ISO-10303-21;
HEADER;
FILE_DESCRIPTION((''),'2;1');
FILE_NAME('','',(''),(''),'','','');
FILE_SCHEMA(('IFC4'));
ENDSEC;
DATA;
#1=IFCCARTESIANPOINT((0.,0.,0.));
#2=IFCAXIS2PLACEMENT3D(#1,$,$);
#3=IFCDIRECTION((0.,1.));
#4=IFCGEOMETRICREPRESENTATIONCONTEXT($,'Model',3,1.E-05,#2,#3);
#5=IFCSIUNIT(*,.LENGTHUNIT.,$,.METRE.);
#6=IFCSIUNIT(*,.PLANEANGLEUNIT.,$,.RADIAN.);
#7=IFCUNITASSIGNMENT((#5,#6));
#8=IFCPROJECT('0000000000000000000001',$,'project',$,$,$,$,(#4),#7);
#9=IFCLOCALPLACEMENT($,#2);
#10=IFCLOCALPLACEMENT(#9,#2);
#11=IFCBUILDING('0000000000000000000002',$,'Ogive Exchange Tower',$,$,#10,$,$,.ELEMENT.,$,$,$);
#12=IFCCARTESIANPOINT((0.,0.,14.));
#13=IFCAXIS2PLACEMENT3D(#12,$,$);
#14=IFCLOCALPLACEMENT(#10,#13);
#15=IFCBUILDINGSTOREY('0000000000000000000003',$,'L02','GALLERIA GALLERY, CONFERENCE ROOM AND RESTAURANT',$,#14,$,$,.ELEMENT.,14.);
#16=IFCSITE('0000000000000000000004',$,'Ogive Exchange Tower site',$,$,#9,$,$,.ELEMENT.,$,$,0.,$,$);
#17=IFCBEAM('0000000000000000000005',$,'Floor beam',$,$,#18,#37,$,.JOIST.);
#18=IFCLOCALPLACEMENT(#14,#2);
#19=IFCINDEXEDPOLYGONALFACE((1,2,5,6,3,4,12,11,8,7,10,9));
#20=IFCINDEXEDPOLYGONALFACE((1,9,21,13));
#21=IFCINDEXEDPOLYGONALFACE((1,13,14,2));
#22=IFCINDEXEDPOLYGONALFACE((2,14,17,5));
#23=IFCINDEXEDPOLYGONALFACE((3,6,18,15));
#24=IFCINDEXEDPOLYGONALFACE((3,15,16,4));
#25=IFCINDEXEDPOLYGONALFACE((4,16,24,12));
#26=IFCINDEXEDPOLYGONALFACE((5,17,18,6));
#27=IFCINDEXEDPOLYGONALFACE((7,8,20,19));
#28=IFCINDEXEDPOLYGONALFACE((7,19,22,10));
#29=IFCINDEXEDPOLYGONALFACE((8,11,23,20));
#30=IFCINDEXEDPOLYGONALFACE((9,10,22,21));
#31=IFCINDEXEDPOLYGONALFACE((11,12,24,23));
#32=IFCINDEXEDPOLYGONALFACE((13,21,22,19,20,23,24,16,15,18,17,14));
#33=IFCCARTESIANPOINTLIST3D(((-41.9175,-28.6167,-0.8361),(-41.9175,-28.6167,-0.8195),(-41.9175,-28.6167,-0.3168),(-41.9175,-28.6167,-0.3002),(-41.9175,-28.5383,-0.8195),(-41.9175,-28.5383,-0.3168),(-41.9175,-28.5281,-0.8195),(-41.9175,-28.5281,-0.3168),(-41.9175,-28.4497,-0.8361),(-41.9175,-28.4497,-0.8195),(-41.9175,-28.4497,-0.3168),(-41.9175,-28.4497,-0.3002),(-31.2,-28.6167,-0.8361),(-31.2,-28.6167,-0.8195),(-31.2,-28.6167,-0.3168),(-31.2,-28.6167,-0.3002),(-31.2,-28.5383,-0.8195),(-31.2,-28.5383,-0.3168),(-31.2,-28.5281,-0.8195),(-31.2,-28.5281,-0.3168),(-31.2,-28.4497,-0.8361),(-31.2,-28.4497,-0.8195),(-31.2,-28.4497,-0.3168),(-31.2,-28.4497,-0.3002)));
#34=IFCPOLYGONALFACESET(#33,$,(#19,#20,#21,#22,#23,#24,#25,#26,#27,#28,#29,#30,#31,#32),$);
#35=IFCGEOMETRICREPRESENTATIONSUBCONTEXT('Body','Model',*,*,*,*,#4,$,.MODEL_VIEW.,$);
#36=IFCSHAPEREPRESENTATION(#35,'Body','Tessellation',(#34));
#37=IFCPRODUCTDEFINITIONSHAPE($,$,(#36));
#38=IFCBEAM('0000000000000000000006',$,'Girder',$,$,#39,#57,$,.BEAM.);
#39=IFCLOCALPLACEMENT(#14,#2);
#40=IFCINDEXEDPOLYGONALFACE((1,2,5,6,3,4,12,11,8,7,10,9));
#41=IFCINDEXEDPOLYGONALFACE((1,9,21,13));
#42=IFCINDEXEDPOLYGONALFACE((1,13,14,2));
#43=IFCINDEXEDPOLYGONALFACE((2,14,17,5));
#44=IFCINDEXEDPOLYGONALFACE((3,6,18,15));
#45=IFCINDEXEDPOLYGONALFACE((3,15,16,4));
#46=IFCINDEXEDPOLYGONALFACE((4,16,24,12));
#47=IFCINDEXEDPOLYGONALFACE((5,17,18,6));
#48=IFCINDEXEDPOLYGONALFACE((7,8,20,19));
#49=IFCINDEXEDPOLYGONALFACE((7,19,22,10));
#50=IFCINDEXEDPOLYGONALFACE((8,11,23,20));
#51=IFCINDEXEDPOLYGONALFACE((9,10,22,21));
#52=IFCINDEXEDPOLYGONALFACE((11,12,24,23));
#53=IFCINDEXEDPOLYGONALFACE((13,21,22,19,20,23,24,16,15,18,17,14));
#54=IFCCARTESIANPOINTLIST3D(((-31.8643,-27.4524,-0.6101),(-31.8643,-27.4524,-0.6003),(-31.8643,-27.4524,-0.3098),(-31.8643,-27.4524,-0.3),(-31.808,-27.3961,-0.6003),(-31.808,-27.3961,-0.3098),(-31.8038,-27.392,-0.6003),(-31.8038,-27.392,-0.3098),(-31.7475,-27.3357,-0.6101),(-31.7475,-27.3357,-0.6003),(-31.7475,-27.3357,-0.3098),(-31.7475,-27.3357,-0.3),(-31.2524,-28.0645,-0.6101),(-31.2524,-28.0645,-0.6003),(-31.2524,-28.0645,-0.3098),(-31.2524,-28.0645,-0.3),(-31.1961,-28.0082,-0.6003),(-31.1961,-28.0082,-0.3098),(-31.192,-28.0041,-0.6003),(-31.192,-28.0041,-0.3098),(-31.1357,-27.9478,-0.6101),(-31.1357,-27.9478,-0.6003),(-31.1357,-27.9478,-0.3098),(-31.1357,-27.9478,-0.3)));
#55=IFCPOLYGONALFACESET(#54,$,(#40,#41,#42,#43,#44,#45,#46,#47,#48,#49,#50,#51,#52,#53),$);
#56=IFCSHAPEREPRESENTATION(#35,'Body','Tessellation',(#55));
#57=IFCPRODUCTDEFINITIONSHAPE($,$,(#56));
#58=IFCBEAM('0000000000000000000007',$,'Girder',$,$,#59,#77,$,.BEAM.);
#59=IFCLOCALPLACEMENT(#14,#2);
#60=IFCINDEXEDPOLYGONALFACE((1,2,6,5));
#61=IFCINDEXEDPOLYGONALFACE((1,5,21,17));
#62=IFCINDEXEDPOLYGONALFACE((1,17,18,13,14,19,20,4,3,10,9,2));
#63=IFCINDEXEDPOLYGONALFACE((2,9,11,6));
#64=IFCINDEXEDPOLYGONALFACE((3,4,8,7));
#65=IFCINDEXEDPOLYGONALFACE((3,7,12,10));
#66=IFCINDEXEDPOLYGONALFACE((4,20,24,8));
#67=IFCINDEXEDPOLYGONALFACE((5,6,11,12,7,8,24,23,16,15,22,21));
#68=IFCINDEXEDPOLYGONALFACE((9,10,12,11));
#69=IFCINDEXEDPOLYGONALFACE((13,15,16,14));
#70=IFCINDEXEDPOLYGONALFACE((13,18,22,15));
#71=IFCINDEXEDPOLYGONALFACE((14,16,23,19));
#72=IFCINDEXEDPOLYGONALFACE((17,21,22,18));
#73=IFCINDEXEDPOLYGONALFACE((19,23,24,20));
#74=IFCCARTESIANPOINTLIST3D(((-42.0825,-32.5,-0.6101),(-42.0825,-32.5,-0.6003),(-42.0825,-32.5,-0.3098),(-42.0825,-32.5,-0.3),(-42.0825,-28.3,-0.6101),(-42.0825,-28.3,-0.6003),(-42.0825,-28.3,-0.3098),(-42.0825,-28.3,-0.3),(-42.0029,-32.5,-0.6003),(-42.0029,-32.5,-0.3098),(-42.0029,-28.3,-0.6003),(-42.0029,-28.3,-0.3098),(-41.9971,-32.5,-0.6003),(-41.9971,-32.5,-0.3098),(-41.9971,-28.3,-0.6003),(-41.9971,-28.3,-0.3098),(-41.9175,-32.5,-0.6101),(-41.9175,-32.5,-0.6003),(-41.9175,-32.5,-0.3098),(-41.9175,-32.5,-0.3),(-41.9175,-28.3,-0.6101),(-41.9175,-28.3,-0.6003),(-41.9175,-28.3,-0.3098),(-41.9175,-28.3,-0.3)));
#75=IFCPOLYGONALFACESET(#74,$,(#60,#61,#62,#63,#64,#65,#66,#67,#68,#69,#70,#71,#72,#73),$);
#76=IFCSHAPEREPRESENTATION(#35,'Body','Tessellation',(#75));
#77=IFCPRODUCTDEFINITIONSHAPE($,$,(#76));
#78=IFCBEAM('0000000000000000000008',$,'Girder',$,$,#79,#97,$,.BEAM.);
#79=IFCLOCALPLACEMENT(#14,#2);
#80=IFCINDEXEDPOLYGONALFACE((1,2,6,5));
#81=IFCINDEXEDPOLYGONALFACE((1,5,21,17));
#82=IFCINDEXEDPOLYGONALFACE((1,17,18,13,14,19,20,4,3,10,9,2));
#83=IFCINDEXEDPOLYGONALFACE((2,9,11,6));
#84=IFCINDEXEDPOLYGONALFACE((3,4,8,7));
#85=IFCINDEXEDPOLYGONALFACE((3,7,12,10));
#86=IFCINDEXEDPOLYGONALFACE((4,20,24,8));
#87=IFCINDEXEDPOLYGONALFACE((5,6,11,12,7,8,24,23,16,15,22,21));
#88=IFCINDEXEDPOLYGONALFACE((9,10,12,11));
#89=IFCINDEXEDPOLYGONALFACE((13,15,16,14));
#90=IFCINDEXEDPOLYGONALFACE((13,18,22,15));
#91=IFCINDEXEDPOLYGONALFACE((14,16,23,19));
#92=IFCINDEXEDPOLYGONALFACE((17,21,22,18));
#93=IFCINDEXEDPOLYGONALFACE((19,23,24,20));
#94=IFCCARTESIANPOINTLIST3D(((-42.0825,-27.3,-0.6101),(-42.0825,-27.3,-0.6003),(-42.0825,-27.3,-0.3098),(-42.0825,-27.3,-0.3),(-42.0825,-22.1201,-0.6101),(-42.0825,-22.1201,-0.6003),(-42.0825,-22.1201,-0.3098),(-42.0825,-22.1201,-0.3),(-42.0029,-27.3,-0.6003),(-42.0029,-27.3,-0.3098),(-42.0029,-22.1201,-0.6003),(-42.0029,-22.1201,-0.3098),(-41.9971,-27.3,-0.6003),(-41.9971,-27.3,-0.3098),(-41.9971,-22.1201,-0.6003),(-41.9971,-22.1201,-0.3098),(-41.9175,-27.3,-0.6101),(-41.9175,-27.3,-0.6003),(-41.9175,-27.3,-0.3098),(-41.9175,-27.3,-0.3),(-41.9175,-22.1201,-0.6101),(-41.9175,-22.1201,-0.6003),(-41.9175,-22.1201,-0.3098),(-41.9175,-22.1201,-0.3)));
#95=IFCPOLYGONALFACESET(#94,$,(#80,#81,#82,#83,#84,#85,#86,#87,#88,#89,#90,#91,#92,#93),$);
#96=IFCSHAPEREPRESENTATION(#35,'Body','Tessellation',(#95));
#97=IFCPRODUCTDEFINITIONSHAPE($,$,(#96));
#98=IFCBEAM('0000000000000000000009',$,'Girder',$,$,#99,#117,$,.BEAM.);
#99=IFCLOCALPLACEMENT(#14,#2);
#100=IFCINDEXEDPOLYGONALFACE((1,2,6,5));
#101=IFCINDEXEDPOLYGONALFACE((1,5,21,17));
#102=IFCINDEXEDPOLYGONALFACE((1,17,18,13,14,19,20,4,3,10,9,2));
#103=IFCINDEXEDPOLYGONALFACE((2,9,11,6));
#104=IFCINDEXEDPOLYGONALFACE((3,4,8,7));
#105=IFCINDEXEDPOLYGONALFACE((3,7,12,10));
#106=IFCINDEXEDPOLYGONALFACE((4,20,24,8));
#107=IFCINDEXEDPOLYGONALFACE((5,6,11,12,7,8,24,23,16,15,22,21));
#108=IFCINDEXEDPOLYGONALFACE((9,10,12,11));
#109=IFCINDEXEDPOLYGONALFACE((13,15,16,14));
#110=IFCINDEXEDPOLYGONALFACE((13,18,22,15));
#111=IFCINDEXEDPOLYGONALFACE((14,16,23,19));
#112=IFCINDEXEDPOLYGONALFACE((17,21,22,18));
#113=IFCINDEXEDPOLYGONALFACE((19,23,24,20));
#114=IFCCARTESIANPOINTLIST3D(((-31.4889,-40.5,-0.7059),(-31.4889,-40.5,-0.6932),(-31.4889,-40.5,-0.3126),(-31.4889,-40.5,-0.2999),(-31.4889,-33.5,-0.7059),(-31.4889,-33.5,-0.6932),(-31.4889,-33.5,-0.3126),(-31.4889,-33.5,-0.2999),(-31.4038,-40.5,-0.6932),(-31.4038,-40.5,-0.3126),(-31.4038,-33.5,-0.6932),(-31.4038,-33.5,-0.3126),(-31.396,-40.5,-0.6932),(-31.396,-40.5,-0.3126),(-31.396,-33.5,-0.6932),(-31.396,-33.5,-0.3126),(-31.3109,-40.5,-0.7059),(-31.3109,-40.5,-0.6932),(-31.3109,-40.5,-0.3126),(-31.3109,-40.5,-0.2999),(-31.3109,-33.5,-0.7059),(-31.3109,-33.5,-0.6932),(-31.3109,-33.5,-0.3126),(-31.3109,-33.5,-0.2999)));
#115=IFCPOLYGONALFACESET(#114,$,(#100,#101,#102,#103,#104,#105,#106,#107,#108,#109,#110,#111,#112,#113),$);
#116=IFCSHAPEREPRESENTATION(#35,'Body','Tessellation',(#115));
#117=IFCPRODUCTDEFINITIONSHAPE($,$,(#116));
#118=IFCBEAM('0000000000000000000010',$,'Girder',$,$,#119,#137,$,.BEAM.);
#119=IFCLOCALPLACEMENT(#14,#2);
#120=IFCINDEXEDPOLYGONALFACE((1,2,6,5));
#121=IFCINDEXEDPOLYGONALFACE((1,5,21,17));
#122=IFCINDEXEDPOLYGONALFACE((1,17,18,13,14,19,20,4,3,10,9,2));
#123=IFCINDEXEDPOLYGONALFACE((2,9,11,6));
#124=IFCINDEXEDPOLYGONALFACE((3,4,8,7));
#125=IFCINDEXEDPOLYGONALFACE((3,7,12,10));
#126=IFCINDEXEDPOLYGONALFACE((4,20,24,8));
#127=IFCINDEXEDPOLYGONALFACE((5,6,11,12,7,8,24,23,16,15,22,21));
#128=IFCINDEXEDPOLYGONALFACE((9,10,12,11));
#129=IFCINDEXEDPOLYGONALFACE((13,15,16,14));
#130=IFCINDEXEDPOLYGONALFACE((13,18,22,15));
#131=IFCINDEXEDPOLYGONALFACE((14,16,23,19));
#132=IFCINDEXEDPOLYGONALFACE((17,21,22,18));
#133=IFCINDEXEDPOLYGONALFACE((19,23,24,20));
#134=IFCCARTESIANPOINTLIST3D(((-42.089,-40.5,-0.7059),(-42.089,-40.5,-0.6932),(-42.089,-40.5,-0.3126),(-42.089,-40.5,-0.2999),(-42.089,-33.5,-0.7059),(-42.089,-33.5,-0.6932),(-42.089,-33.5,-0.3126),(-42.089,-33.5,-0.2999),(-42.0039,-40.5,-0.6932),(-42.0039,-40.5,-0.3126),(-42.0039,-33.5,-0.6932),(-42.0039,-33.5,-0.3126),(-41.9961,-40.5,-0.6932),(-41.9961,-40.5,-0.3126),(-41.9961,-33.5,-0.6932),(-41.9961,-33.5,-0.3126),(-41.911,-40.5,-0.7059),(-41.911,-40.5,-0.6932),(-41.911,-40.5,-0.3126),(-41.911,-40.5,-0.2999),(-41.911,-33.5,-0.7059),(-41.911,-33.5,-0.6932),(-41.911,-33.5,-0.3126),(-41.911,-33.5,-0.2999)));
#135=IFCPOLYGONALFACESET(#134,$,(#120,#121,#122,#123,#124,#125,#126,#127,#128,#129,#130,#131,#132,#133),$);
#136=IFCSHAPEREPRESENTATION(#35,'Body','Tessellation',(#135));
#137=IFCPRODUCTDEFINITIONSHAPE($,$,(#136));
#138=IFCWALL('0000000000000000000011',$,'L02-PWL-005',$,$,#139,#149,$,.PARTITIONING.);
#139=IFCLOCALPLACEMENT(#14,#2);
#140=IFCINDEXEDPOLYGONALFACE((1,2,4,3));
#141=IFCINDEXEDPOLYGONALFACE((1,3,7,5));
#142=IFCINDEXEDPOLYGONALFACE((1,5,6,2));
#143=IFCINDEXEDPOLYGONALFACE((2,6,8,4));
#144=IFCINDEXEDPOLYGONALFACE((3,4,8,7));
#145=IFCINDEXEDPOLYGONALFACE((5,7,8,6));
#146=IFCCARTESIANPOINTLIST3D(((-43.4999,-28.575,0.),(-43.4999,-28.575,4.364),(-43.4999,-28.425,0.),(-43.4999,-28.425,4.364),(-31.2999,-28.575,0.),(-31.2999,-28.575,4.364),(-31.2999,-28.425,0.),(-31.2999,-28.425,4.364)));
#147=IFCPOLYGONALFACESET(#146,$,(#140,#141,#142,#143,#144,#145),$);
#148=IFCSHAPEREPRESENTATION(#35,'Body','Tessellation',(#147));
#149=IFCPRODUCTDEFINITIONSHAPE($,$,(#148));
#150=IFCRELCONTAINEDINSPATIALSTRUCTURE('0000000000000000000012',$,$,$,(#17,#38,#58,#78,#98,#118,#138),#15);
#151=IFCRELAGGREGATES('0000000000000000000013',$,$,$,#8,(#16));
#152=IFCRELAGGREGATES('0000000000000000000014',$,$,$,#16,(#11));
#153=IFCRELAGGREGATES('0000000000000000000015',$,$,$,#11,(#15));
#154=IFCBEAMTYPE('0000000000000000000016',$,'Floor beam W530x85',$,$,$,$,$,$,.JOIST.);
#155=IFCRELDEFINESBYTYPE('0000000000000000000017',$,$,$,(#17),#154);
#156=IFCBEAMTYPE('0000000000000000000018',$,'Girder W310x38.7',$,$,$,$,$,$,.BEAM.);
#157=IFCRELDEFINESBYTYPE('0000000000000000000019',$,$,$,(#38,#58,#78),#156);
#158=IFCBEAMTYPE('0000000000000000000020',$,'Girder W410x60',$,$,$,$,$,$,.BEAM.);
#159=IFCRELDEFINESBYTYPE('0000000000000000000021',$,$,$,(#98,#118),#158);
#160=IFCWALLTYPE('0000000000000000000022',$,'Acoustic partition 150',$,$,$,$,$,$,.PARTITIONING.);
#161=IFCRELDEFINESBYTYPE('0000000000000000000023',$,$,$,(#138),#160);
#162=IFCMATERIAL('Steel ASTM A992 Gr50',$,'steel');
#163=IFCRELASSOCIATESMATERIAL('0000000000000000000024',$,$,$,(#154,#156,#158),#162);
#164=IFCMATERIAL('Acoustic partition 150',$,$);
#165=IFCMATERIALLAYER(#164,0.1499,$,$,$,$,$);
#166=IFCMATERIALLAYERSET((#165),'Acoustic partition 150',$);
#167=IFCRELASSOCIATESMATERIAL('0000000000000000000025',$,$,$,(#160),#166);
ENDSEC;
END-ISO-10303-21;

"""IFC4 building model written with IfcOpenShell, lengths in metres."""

from ifc_helpers import new_model, si_unit, direction, frame, frame_2d, origin, origin_2d, place, context, subcontext, project, spatial, rectangle, i_section, extrude, material, layer, layer_set, material_profile, profile_set, type_object, element, save


model = new_model("IFC4")

# Units and contexts
model_context = context("Model", 3, precision=1e-05, world=origin(), true_north=direction((0.0, 1.0)))
body_context = subcontext(model_context, "Body", "Model", "MODEL_VIEW")
ifc_project = project(units=[si_unit("LENGTHUNIT", "METRE"), si_unit("PLANEANGLEUNIT", "RADIAN")], contexts=[model_context])

# Site, building, storey
site_placement = place(None, origin())
site = spatial("IfcSite", under=ifc_project, at=site_placement, Name="Ogive Exchange Tower site", CompositionType="ELEMENT", RefElevation=0.0)
building_placement = place(site_placement, origin())
building = spatial("IfcBuilding", under=site, at=building_placement, Name="Ogive Exchange Tower", CompositionType="ELEMENT")
storey_placement = place(building_placement, frame((0.0, 0.0, 14.0)))
storey = spatial("IfcBuildingStorey", under=building, at=storey_placement, Name="L02", Description="GALLERIA GALLERY, CONFERENCE ROOM AND RESTAURANT", CompositionType="ELEMENT", Elevation=14.0)

# Beams
ifc_material_1 = material(Name="Steel ASTM A992 Gr50", Category="steel")
ifc_material_profile_1 = material_profile(ifc_material_1, i_section(OverallWidth=0.167, OverallDepth=0.5359, WebThickness=0.0103, FlangeThickness=0.0166, at=origin_2d()), Name="W530x85")
ifc_profile_set_1 = profile_set([ifc_material_profile_1], Name="Steel ASTM A992 Gr50")
beam_type_1 = type_object("IfcBeamType", Name="Floor beam W530x85", PredefinedType="JOIST", material=ifc_profile_set_1)
beam_1_placement = place(storey_placement, frame((-41.9175, -28.5332, -0.5681), z_axis=(1.0, 0.0, 0.0), x_axis=(0.0, 1.0, 0.0)))
element("IfcBeam", 1, at=beam_1_placement, inside=storey, type_object=beam_type_1, Name="Floor beam", PredefinedType="JOIST", context=body_context, shape_type="SweptSolid", body=[
    extrude(i_section(OverallWidth=0.167, OverallDepth=0.5359, WebThickness=0.0103, FlangeThickness=0.0166, at=origin_2d()), origin(), (0.0, 0.0, 1.0), 10.7175),
])
ifc_material_profile_2 = material_profile(ifc_material_1, i_section(OverallWidth=0.165, OverallDepth=0.3101, WebThickness=0.0059, FlangeThickness=0.0098, at=origin_2d()), Name="W310x38.7")
ifc_profile_set_2 = profile_set([ifc_material_profile_2], Name="Steel ASTM A992 Gr50")
beam_type_2 = type_object("IfcBeamType", Name="Girder W310x38.7", PredefinedType="BEAM", material=ifc_profile_set_2)
beam_2_placement = place(storey_placement, frame((-31.8059, -27.394, -0.4551), z_axis=(0.706966, -0.707248, 0.0), x_axis=(0.707248, 0.706966, 0.0)))
element("IfcBeam", 2, at=beam_2_placement, inside=storey, type_object=beam_type_2, Name="Girder", PredefinedType="BEAM", context=body_context, shape_type="SweptSolid", body=[
    extrude(i_section(OverallWidth=0.165, OverallDepth=0.3101, WebThickness=0.0059, FlangeThickness=0.0098, at=origin_2d()), origin(), (0.0, 0.0, 1.0), 0.8655),
])
beam_3_placement = place(storey_placement, frame((-42.0, -32.5, -0.4551), z_axis=(0.0, 1.0, 0.0), x_axis=(-1.0, 0.0, 0.0)))
element("IfcBeam", 3, at=beam_3_placement, inside=storey, type_object=beam_type_2, Name="Girder", PredefinedType="BEAM", context=body_context, shape_type="SweptSolid", body=[
    extrude(i_section(OverallWidth=0.165, OverallDepth=0.3101, WebThickness=0.0059, FlangeThickness=0.0098, at=origin_2d()), origin(), (0.0, 0.0, 1.0), 4.2),
])
beam_4_placement = place(storey_placement, frame((-42.0, -27.3, -0.4551), z_axis=(0.0, 1.0, 0.0), x_axis=(-1.0, 0.0, 0.0)))
element("IfcBeam", 4, at=beam_4_placement, inside=storey, type_object=beam_type_2, Name="Girder", PredefinedType="BEAM", context=body_context, shape_type="SweptSolid", body=[
    extrude(i_section(OverallWidth=0.165, OverallDepth=0.3101, WebThickness=0.0059, FlangeThickness=0.0098, at=origin_2d()), origin(), (0.0, 0.0, 1.0), 5.1799),
])
ifc_material_profile_3 = material_profile(ifc_material_1, i_section(OverallWidth=0.178, OverallDepth=0.406, WebThickness=0.0078, FlangeThickness=0.0127, at=origin_2d()), Name="W410x60")
ifc_profile_set_3 = profile_set([ifc_material_profile_3], Name="Steel ASTM A992 Gr50")
beam_type_3 = type_object("IfcBeamType", Name="Girder W410x60", PredefinedType="BEAM", material=ifc_profile_set_3)
for number, where, z_axis, x_axis, name in (
    (5, (-31.3999, -40.5, -0.5029), (0.0, 1.0, 0.0), (-1.0, 0.0, 0.0), "Girder"),
    (6, (-42.0, -40.5, -0.5029), (0.0, 1.0, 0.0), (-1.0, 0.0, 0.0), "Girder"),
):
    element("IfcBeam", number, at=place(storey_placement, frame(where, z_axis=z_axis, x_axis=x_axis)), inside=storey, type_object=beam_type_3, Name=name, PredefinedType="BEAM", context=body_context, shape_type="SweptSolid", body=[
        extrude(i_section(OverallWidth=0.178, OverallDepth=0.406, WebThickness=0.0078, FlangeThickness=0.0127, at=origin_2d()), origin(), (0.0, 0.0, 1.0), 7.0),
    ])

# Wall
ifc_material_2 = material(Name="Acoustic partition 150")
ifc_layer_1 = layer(ifc_material_2, 0.1499)
ifc_layer_set_1 = layer_set([ifc_layer_1], Name="Acoustic partition 150")
wall_type_1 = type_object("IfcWallType", Name="Acoustic partition 150", PredefinedType="PARTITIONING", material=ifc_layer_set_1)
wall_1_placement = place(storey_placement, frame((-43.5, -28.5, 0.0), z_axis=(0.0, 0.0, 1.0), x_axis=(1.0, 0.0, 0.0)))
element("IfcWall", 7, at=wall_1_placement, inside=storey, type_object=wall_type_1, Name="L02-PWL-005", PredefinedType="PARTITIONING", context=body_context, shape_type="SweptSolid", body=[
    extrude(rectangle(XDim=12.2, YDim=0.1499, at=frame_2d((6.1001, 0.0))), origin(), (0.0, 0.0, 1.0), 4.364),
])

save(model, "model.ifc")
